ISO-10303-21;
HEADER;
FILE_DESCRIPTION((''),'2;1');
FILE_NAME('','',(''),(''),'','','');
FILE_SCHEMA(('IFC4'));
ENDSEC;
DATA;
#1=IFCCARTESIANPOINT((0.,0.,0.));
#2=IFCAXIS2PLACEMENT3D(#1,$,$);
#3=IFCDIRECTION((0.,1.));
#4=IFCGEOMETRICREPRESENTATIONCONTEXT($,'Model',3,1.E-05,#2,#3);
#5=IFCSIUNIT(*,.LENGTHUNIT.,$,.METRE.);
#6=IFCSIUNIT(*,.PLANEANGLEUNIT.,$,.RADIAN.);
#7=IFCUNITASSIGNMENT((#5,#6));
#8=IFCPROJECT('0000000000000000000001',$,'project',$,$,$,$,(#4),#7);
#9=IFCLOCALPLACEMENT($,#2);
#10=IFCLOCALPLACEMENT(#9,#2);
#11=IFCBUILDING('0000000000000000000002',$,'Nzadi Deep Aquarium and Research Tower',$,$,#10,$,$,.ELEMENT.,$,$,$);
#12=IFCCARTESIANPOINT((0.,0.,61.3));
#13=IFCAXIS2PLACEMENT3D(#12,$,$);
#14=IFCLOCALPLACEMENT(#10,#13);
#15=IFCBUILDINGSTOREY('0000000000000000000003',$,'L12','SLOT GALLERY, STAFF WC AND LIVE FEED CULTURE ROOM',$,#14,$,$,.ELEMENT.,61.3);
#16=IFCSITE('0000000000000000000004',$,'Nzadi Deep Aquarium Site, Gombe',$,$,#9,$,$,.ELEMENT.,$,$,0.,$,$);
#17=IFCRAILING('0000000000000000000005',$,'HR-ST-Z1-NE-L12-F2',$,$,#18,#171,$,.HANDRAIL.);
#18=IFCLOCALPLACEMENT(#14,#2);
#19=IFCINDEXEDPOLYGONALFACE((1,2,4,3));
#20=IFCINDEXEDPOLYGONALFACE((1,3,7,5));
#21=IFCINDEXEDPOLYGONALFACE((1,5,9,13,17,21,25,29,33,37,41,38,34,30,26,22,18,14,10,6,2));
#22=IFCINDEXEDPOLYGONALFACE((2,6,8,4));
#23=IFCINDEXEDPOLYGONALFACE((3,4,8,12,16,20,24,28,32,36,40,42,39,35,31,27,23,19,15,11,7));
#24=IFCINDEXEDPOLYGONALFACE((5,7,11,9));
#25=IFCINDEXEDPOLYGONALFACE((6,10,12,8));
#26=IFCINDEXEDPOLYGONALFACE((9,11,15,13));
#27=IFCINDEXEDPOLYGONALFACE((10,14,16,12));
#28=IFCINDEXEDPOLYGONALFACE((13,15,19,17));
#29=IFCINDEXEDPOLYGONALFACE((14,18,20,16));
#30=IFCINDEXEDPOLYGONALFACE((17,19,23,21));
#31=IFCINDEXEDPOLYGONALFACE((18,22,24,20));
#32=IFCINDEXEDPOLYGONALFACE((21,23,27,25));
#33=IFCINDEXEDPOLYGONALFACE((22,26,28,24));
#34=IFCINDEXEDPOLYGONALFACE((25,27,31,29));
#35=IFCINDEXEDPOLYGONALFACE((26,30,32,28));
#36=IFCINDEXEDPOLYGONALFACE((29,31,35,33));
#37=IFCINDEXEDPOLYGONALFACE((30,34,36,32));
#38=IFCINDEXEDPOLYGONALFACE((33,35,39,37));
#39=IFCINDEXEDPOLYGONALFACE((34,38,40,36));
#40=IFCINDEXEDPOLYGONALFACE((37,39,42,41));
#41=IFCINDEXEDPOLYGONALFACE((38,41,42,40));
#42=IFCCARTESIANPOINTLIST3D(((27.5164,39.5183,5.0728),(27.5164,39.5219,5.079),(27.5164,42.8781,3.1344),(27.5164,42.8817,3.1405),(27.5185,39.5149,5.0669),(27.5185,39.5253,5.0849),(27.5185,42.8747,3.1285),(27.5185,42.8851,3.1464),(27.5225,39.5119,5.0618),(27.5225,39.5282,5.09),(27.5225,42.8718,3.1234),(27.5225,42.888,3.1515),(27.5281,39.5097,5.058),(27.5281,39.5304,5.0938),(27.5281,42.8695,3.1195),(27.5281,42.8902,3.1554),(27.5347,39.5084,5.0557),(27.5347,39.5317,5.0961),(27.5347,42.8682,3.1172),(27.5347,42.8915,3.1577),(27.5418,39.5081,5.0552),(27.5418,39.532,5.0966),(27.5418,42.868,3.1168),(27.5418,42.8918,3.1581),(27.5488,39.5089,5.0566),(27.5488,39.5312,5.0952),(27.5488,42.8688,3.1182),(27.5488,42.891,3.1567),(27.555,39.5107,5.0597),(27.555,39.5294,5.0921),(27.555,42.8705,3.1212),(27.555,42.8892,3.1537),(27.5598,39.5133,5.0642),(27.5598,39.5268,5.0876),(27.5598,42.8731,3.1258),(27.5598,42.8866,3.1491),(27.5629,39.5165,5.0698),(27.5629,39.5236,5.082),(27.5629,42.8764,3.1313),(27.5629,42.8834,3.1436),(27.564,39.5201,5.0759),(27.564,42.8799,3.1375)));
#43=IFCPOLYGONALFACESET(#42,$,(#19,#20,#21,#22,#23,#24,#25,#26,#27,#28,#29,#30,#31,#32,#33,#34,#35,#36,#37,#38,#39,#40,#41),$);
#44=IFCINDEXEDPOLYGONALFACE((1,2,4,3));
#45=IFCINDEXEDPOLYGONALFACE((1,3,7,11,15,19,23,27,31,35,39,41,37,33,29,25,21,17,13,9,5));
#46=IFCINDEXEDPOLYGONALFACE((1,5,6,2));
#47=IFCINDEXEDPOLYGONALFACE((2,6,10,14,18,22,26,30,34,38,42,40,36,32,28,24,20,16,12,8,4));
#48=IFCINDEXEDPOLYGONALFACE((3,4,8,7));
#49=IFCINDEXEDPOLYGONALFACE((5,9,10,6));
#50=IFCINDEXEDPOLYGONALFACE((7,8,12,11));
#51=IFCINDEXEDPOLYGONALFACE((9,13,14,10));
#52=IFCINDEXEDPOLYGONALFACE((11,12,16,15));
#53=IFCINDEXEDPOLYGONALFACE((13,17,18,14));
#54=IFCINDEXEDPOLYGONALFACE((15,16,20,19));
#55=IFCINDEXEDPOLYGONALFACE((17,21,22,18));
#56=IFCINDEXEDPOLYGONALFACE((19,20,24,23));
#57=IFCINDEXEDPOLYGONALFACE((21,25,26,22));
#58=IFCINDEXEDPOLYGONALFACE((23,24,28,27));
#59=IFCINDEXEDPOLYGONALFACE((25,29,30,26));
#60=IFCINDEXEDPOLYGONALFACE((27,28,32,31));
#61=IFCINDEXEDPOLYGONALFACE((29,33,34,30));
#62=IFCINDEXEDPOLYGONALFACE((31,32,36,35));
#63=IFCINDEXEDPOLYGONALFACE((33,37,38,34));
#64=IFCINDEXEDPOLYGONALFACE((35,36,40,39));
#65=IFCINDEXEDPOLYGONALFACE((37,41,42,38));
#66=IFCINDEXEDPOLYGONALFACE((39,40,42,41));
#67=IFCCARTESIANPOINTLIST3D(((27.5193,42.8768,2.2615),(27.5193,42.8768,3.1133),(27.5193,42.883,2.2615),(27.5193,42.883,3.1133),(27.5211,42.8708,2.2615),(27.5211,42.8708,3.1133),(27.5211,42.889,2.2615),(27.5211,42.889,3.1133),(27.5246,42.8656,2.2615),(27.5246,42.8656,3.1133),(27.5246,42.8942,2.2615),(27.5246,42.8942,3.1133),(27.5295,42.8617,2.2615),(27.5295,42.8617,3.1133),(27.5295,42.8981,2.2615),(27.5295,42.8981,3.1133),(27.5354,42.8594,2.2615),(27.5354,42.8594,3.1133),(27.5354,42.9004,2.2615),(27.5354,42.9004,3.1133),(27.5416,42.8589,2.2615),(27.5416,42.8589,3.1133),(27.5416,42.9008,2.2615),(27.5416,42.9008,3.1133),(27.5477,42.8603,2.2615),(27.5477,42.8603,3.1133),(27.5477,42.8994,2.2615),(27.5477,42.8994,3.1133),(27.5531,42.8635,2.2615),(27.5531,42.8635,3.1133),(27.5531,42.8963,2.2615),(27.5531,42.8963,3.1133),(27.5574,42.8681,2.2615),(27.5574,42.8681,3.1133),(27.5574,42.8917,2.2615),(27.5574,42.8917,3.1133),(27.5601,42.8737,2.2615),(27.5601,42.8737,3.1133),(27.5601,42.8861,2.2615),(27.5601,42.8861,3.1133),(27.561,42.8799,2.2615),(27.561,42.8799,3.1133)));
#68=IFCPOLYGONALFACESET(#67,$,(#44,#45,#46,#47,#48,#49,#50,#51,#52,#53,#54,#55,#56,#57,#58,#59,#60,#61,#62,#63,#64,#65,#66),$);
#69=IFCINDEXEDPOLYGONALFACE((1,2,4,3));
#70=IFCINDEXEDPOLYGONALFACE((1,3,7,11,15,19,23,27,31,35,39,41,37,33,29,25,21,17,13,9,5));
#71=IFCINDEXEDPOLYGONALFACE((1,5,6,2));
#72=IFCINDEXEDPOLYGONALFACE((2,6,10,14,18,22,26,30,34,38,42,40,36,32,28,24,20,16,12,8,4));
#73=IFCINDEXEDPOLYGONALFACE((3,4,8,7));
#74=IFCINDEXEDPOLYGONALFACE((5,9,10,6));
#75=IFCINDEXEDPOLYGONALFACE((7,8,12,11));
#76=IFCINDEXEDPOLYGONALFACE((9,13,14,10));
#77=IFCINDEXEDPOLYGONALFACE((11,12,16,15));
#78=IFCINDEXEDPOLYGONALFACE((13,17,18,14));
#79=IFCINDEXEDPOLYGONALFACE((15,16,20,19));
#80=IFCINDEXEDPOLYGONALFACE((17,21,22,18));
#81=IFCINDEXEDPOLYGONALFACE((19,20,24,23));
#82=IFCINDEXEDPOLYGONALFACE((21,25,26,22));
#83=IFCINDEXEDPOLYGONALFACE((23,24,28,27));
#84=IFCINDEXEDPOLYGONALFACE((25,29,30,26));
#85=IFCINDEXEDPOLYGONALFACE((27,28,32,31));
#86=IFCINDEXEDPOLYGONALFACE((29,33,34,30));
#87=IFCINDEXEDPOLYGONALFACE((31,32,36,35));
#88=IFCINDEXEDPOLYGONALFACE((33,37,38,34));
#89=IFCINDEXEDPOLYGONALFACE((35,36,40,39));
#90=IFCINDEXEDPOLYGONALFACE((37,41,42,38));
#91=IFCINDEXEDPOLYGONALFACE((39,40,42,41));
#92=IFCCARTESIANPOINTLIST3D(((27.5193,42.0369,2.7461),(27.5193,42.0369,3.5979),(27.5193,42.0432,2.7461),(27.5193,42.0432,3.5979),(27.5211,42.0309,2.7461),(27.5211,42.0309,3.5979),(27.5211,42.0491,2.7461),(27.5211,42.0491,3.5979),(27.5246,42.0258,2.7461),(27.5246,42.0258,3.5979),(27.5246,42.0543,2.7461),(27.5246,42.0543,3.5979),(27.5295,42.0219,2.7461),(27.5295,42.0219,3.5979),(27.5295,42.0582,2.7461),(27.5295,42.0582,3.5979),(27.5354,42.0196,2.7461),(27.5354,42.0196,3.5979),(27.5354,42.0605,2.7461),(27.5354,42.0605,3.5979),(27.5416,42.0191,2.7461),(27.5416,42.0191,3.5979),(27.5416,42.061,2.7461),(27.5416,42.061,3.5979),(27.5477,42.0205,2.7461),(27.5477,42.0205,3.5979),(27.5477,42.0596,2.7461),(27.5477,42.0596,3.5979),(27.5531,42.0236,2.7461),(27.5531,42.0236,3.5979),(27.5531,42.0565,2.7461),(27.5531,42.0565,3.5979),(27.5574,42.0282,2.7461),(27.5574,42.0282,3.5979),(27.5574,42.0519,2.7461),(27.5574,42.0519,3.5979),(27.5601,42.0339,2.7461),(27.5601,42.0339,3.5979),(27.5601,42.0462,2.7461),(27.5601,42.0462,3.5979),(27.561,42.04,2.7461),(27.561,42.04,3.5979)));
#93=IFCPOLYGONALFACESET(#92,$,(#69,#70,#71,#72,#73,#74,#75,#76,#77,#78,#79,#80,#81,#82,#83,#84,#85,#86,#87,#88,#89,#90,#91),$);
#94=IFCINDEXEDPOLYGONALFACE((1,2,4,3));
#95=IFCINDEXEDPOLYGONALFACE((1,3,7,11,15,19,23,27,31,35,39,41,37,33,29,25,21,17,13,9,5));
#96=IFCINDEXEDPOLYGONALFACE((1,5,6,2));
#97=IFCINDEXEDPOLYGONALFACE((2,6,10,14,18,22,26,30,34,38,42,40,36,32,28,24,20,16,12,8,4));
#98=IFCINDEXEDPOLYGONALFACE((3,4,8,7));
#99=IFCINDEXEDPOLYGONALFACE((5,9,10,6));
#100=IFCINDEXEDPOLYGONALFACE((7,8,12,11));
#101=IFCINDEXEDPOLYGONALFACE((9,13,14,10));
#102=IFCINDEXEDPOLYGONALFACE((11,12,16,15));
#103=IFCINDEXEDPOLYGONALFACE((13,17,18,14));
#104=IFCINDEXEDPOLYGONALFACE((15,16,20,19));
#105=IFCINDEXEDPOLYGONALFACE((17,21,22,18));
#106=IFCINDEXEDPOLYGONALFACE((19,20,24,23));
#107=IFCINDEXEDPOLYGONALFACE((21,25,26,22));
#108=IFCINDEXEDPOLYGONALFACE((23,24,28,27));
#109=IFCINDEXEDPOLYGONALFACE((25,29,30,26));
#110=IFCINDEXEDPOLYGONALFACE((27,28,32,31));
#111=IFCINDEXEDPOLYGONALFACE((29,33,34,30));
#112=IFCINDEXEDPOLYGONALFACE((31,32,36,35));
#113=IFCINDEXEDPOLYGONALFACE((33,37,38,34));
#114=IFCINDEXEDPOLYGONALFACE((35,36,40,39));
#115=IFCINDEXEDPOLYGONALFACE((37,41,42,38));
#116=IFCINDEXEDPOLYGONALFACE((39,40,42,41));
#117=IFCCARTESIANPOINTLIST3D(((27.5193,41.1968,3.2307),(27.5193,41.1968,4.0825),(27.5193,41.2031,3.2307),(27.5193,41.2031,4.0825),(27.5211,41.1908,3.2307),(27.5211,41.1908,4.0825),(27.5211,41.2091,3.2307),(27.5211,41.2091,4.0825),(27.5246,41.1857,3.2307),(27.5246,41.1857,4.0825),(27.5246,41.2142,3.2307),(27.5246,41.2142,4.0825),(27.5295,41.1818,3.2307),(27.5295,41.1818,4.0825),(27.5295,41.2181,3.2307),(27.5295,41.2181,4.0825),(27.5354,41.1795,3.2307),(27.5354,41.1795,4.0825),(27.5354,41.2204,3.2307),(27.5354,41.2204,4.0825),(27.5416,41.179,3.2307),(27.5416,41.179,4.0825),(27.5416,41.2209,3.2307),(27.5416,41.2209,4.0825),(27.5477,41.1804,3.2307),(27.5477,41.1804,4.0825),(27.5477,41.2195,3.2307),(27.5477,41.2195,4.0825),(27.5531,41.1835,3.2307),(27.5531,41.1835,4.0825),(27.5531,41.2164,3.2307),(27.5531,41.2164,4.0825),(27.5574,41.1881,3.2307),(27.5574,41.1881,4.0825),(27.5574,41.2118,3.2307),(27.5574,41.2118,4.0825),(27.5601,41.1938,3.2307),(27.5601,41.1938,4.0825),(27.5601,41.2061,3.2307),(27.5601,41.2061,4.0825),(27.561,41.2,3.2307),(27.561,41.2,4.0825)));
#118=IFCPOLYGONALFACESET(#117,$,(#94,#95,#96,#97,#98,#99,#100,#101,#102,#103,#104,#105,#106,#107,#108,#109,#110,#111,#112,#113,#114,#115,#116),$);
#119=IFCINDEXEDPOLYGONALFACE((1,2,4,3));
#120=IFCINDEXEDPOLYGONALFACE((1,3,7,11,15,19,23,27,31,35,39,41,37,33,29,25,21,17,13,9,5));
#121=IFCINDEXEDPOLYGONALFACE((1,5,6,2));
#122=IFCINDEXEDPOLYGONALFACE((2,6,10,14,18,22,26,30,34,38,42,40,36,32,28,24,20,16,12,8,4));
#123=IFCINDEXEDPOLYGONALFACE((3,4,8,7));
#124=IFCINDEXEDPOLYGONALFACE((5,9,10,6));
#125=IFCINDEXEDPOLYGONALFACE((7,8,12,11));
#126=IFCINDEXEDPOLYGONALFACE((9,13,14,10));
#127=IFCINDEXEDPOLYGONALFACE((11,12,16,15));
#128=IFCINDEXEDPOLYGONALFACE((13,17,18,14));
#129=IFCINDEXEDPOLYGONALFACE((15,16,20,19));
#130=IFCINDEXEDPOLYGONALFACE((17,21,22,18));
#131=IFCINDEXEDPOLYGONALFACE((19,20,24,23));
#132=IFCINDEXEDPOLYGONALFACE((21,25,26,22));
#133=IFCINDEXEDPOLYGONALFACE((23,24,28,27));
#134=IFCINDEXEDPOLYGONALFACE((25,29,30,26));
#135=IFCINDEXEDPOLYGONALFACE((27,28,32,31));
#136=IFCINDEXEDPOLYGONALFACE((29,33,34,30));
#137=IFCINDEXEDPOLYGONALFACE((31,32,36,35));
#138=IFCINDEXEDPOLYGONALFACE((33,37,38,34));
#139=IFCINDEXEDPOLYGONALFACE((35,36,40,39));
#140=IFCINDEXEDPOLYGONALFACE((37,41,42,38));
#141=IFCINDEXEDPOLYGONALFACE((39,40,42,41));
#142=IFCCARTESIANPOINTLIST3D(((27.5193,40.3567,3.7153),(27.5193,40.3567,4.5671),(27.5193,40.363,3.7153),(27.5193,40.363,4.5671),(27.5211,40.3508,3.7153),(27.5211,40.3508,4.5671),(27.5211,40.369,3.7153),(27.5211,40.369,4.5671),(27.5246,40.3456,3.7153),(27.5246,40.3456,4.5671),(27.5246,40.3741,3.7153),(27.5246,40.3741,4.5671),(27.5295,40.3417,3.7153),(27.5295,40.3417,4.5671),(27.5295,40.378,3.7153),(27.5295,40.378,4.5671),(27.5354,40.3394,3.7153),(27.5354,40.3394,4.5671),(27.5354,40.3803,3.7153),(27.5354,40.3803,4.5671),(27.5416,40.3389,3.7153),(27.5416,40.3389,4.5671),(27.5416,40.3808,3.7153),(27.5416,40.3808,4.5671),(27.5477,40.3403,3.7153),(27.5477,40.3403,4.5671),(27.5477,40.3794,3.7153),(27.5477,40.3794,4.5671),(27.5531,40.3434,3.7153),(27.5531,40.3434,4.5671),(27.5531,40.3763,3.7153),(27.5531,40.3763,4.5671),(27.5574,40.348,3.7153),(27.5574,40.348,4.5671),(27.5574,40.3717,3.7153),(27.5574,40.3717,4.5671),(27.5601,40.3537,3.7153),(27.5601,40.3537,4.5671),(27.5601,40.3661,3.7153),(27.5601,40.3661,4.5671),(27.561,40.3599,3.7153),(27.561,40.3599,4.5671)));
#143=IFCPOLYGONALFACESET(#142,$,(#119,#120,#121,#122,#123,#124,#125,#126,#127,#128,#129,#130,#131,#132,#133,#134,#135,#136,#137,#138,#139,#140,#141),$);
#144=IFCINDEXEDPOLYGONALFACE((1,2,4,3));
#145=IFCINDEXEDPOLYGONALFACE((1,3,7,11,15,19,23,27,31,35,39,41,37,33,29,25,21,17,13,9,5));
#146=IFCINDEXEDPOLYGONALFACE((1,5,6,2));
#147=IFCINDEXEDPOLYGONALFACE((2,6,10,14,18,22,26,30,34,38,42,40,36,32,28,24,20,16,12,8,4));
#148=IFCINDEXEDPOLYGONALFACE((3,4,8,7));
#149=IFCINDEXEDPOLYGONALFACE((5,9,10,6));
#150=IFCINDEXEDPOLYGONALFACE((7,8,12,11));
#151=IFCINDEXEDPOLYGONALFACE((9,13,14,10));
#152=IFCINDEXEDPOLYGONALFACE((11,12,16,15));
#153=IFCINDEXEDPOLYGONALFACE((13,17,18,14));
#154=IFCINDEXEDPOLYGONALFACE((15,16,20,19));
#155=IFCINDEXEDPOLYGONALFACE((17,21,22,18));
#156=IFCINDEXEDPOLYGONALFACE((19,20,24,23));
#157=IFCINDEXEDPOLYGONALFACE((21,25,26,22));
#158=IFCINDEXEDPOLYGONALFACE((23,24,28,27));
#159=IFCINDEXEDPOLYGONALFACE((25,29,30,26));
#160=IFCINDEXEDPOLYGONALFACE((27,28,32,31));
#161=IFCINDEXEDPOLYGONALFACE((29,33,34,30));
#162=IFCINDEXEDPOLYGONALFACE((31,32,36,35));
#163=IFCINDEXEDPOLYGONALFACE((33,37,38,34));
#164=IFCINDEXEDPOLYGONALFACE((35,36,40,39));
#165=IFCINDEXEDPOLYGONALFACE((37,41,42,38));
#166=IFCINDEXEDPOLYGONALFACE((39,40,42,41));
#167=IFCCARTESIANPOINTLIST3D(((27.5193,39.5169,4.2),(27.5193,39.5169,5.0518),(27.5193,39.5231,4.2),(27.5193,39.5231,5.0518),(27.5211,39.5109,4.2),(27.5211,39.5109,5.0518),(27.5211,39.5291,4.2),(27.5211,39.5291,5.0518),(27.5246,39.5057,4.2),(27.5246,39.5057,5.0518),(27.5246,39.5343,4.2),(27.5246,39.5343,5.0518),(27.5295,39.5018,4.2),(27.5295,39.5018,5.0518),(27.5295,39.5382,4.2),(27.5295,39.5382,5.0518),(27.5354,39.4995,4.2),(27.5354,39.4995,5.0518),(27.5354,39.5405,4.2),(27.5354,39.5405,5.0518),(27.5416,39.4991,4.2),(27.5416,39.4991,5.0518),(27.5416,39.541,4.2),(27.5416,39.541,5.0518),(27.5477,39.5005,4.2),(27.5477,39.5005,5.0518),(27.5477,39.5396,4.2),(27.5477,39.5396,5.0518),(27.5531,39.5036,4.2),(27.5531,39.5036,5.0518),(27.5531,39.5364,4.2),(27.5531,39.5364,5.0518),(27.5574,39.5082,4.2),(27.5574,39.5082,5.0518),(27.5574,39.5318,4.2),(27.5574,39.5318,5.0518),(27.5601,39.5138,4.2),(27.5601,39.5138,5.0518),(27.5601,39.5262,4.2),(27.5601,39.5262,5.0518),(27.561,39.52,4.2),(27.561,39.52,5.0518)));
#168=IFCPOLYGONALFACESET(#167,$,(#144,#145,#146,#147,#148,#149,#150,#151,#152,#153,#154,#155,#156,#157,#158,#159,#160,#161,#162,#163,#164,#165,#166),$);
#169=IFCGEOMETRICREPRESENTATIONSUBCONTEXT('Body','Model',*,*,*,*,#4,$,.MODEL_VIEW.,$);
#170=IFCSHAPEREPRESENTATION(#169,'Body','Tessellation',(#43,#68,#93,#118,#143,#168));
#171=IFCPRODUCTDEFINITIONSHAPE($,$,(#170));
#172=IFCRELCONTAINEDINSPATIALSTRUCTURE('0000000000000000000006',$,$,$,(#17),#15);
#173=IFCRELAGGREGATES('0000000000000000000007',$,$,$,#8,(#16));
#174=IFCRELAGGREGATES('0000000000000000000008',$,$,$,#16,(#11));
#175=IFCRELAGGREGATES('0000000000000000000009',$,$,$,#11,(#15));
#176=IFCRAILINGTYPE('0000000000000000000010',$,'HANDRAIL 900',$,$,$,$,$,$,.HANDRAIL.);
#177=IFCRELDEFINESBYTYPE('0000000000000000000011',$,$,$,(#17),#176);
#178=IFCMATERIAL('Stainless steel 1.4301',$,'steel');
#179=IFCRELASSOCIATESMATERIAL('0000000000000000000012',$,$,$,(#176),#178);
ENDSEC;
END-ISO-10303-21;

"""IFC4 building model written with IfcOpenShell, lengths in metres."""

from ifc_helpers import new_model, si_unit, direction, frame, origin, origin_2d, place, context, subcontext, project, spatial, circle, extrude, material, type_object, element, save


model = new_model("IFC4")

# Units and contexts
model_context = context("Model", 3, precision=1e-05, world=origin(), true_north=direction((0.0, 1.0)))
body_context = subcontext(model_context, "Body", "Model", "MODEL_VIEW")
ifc_project = project(units=[si_unit("LENGTHUNIT", "METRE"), si_unit("PLANEANGLEUNIT", "RADIAN")], contexts=[model_context])

# Site, building, storey
site_placement = place(None, origin())
site = spatial("IfcSite", under=ifc_project, at=site_placement, Name="Nzadi Deep Aquarium Site, Gombe", CompositionType="ELEMENT", RefElevation=0.0)
building_placement = place(site_placement, origin())
building = spatial("IfcBuilding", under=site, at=building_placement, Name="Nzadi Deep Aquarium and Research Tower", CompositionType="ELEMENT")
storey_placement = place(building_placement, frame((0.0, 0.0, 61.3)))
storey = spatial("IfcBuildingStorey", under=building, at=storey_placement, Name="L12", Description="SLOT GALLERY, STAFF WC AND LIVE FEED CULTURE ROOM", CompositionType="ELEMENT", Elevation=61.3)

# Railing
ifc_material_1 = material(Name="Stainless steel 1.4301", Category="steel")
railing_type = type_object("IfcRailingType", Name="HANDRAIL 900", PredefinedType="HANDRAIL", material=ifc_material_1)
for number, where, name in (
    (1, (27.54, 42.8799, 2.2615), "HR-ST-Z1-NE-L12-F2"),
):
    element("IfcRailing", number, at=place(storey_placement, frame(where)), inside=storey, type_object=railing_type, Name=name, PredefinedType="HANDRAIL", context=body_context, shape_type="SweptSolid", body=[
        extrude(circle(Radius=0.0239, at=origin_2d()), frame((0.0, 0.0, 0.876), z_axis=(0.0, -0.866175, 0.499741), x_axis=(1.0, 0.0, 0.0)), (0.0, 0.0, 1.0), 3.8789),
        extrude(circle(Radius=0.021, at=origin_2d()), origin(), (0.0, 0.0, 1.0), 0.8518),
        extrude(circle(Radius=0.021, at=origin_2d()), frame((0.0, -0.8398, 0.4846)), (0.0, 0.0, 1.0), 0.8518),
        extrude(circle(Radius=0.021, at=origin_2d()), frame((0.0, -1.6799, 0.9692)), (0.0, 0.0, 1.0), 0.8518),
        extrude(circle(Radius=0.021, at=origin_2d()), frame((0.0, -2.52, 1.4539)), (0.0, 0.0, 1.0), 0.8518),
        extrude(circle(Radius=0.021, at=origin_2d()), frame((0.0, -3.3599, 1.9385)), (0.0, 0.0, 1.0), 0.8518),
    ])

save(model, "model.ifc")
